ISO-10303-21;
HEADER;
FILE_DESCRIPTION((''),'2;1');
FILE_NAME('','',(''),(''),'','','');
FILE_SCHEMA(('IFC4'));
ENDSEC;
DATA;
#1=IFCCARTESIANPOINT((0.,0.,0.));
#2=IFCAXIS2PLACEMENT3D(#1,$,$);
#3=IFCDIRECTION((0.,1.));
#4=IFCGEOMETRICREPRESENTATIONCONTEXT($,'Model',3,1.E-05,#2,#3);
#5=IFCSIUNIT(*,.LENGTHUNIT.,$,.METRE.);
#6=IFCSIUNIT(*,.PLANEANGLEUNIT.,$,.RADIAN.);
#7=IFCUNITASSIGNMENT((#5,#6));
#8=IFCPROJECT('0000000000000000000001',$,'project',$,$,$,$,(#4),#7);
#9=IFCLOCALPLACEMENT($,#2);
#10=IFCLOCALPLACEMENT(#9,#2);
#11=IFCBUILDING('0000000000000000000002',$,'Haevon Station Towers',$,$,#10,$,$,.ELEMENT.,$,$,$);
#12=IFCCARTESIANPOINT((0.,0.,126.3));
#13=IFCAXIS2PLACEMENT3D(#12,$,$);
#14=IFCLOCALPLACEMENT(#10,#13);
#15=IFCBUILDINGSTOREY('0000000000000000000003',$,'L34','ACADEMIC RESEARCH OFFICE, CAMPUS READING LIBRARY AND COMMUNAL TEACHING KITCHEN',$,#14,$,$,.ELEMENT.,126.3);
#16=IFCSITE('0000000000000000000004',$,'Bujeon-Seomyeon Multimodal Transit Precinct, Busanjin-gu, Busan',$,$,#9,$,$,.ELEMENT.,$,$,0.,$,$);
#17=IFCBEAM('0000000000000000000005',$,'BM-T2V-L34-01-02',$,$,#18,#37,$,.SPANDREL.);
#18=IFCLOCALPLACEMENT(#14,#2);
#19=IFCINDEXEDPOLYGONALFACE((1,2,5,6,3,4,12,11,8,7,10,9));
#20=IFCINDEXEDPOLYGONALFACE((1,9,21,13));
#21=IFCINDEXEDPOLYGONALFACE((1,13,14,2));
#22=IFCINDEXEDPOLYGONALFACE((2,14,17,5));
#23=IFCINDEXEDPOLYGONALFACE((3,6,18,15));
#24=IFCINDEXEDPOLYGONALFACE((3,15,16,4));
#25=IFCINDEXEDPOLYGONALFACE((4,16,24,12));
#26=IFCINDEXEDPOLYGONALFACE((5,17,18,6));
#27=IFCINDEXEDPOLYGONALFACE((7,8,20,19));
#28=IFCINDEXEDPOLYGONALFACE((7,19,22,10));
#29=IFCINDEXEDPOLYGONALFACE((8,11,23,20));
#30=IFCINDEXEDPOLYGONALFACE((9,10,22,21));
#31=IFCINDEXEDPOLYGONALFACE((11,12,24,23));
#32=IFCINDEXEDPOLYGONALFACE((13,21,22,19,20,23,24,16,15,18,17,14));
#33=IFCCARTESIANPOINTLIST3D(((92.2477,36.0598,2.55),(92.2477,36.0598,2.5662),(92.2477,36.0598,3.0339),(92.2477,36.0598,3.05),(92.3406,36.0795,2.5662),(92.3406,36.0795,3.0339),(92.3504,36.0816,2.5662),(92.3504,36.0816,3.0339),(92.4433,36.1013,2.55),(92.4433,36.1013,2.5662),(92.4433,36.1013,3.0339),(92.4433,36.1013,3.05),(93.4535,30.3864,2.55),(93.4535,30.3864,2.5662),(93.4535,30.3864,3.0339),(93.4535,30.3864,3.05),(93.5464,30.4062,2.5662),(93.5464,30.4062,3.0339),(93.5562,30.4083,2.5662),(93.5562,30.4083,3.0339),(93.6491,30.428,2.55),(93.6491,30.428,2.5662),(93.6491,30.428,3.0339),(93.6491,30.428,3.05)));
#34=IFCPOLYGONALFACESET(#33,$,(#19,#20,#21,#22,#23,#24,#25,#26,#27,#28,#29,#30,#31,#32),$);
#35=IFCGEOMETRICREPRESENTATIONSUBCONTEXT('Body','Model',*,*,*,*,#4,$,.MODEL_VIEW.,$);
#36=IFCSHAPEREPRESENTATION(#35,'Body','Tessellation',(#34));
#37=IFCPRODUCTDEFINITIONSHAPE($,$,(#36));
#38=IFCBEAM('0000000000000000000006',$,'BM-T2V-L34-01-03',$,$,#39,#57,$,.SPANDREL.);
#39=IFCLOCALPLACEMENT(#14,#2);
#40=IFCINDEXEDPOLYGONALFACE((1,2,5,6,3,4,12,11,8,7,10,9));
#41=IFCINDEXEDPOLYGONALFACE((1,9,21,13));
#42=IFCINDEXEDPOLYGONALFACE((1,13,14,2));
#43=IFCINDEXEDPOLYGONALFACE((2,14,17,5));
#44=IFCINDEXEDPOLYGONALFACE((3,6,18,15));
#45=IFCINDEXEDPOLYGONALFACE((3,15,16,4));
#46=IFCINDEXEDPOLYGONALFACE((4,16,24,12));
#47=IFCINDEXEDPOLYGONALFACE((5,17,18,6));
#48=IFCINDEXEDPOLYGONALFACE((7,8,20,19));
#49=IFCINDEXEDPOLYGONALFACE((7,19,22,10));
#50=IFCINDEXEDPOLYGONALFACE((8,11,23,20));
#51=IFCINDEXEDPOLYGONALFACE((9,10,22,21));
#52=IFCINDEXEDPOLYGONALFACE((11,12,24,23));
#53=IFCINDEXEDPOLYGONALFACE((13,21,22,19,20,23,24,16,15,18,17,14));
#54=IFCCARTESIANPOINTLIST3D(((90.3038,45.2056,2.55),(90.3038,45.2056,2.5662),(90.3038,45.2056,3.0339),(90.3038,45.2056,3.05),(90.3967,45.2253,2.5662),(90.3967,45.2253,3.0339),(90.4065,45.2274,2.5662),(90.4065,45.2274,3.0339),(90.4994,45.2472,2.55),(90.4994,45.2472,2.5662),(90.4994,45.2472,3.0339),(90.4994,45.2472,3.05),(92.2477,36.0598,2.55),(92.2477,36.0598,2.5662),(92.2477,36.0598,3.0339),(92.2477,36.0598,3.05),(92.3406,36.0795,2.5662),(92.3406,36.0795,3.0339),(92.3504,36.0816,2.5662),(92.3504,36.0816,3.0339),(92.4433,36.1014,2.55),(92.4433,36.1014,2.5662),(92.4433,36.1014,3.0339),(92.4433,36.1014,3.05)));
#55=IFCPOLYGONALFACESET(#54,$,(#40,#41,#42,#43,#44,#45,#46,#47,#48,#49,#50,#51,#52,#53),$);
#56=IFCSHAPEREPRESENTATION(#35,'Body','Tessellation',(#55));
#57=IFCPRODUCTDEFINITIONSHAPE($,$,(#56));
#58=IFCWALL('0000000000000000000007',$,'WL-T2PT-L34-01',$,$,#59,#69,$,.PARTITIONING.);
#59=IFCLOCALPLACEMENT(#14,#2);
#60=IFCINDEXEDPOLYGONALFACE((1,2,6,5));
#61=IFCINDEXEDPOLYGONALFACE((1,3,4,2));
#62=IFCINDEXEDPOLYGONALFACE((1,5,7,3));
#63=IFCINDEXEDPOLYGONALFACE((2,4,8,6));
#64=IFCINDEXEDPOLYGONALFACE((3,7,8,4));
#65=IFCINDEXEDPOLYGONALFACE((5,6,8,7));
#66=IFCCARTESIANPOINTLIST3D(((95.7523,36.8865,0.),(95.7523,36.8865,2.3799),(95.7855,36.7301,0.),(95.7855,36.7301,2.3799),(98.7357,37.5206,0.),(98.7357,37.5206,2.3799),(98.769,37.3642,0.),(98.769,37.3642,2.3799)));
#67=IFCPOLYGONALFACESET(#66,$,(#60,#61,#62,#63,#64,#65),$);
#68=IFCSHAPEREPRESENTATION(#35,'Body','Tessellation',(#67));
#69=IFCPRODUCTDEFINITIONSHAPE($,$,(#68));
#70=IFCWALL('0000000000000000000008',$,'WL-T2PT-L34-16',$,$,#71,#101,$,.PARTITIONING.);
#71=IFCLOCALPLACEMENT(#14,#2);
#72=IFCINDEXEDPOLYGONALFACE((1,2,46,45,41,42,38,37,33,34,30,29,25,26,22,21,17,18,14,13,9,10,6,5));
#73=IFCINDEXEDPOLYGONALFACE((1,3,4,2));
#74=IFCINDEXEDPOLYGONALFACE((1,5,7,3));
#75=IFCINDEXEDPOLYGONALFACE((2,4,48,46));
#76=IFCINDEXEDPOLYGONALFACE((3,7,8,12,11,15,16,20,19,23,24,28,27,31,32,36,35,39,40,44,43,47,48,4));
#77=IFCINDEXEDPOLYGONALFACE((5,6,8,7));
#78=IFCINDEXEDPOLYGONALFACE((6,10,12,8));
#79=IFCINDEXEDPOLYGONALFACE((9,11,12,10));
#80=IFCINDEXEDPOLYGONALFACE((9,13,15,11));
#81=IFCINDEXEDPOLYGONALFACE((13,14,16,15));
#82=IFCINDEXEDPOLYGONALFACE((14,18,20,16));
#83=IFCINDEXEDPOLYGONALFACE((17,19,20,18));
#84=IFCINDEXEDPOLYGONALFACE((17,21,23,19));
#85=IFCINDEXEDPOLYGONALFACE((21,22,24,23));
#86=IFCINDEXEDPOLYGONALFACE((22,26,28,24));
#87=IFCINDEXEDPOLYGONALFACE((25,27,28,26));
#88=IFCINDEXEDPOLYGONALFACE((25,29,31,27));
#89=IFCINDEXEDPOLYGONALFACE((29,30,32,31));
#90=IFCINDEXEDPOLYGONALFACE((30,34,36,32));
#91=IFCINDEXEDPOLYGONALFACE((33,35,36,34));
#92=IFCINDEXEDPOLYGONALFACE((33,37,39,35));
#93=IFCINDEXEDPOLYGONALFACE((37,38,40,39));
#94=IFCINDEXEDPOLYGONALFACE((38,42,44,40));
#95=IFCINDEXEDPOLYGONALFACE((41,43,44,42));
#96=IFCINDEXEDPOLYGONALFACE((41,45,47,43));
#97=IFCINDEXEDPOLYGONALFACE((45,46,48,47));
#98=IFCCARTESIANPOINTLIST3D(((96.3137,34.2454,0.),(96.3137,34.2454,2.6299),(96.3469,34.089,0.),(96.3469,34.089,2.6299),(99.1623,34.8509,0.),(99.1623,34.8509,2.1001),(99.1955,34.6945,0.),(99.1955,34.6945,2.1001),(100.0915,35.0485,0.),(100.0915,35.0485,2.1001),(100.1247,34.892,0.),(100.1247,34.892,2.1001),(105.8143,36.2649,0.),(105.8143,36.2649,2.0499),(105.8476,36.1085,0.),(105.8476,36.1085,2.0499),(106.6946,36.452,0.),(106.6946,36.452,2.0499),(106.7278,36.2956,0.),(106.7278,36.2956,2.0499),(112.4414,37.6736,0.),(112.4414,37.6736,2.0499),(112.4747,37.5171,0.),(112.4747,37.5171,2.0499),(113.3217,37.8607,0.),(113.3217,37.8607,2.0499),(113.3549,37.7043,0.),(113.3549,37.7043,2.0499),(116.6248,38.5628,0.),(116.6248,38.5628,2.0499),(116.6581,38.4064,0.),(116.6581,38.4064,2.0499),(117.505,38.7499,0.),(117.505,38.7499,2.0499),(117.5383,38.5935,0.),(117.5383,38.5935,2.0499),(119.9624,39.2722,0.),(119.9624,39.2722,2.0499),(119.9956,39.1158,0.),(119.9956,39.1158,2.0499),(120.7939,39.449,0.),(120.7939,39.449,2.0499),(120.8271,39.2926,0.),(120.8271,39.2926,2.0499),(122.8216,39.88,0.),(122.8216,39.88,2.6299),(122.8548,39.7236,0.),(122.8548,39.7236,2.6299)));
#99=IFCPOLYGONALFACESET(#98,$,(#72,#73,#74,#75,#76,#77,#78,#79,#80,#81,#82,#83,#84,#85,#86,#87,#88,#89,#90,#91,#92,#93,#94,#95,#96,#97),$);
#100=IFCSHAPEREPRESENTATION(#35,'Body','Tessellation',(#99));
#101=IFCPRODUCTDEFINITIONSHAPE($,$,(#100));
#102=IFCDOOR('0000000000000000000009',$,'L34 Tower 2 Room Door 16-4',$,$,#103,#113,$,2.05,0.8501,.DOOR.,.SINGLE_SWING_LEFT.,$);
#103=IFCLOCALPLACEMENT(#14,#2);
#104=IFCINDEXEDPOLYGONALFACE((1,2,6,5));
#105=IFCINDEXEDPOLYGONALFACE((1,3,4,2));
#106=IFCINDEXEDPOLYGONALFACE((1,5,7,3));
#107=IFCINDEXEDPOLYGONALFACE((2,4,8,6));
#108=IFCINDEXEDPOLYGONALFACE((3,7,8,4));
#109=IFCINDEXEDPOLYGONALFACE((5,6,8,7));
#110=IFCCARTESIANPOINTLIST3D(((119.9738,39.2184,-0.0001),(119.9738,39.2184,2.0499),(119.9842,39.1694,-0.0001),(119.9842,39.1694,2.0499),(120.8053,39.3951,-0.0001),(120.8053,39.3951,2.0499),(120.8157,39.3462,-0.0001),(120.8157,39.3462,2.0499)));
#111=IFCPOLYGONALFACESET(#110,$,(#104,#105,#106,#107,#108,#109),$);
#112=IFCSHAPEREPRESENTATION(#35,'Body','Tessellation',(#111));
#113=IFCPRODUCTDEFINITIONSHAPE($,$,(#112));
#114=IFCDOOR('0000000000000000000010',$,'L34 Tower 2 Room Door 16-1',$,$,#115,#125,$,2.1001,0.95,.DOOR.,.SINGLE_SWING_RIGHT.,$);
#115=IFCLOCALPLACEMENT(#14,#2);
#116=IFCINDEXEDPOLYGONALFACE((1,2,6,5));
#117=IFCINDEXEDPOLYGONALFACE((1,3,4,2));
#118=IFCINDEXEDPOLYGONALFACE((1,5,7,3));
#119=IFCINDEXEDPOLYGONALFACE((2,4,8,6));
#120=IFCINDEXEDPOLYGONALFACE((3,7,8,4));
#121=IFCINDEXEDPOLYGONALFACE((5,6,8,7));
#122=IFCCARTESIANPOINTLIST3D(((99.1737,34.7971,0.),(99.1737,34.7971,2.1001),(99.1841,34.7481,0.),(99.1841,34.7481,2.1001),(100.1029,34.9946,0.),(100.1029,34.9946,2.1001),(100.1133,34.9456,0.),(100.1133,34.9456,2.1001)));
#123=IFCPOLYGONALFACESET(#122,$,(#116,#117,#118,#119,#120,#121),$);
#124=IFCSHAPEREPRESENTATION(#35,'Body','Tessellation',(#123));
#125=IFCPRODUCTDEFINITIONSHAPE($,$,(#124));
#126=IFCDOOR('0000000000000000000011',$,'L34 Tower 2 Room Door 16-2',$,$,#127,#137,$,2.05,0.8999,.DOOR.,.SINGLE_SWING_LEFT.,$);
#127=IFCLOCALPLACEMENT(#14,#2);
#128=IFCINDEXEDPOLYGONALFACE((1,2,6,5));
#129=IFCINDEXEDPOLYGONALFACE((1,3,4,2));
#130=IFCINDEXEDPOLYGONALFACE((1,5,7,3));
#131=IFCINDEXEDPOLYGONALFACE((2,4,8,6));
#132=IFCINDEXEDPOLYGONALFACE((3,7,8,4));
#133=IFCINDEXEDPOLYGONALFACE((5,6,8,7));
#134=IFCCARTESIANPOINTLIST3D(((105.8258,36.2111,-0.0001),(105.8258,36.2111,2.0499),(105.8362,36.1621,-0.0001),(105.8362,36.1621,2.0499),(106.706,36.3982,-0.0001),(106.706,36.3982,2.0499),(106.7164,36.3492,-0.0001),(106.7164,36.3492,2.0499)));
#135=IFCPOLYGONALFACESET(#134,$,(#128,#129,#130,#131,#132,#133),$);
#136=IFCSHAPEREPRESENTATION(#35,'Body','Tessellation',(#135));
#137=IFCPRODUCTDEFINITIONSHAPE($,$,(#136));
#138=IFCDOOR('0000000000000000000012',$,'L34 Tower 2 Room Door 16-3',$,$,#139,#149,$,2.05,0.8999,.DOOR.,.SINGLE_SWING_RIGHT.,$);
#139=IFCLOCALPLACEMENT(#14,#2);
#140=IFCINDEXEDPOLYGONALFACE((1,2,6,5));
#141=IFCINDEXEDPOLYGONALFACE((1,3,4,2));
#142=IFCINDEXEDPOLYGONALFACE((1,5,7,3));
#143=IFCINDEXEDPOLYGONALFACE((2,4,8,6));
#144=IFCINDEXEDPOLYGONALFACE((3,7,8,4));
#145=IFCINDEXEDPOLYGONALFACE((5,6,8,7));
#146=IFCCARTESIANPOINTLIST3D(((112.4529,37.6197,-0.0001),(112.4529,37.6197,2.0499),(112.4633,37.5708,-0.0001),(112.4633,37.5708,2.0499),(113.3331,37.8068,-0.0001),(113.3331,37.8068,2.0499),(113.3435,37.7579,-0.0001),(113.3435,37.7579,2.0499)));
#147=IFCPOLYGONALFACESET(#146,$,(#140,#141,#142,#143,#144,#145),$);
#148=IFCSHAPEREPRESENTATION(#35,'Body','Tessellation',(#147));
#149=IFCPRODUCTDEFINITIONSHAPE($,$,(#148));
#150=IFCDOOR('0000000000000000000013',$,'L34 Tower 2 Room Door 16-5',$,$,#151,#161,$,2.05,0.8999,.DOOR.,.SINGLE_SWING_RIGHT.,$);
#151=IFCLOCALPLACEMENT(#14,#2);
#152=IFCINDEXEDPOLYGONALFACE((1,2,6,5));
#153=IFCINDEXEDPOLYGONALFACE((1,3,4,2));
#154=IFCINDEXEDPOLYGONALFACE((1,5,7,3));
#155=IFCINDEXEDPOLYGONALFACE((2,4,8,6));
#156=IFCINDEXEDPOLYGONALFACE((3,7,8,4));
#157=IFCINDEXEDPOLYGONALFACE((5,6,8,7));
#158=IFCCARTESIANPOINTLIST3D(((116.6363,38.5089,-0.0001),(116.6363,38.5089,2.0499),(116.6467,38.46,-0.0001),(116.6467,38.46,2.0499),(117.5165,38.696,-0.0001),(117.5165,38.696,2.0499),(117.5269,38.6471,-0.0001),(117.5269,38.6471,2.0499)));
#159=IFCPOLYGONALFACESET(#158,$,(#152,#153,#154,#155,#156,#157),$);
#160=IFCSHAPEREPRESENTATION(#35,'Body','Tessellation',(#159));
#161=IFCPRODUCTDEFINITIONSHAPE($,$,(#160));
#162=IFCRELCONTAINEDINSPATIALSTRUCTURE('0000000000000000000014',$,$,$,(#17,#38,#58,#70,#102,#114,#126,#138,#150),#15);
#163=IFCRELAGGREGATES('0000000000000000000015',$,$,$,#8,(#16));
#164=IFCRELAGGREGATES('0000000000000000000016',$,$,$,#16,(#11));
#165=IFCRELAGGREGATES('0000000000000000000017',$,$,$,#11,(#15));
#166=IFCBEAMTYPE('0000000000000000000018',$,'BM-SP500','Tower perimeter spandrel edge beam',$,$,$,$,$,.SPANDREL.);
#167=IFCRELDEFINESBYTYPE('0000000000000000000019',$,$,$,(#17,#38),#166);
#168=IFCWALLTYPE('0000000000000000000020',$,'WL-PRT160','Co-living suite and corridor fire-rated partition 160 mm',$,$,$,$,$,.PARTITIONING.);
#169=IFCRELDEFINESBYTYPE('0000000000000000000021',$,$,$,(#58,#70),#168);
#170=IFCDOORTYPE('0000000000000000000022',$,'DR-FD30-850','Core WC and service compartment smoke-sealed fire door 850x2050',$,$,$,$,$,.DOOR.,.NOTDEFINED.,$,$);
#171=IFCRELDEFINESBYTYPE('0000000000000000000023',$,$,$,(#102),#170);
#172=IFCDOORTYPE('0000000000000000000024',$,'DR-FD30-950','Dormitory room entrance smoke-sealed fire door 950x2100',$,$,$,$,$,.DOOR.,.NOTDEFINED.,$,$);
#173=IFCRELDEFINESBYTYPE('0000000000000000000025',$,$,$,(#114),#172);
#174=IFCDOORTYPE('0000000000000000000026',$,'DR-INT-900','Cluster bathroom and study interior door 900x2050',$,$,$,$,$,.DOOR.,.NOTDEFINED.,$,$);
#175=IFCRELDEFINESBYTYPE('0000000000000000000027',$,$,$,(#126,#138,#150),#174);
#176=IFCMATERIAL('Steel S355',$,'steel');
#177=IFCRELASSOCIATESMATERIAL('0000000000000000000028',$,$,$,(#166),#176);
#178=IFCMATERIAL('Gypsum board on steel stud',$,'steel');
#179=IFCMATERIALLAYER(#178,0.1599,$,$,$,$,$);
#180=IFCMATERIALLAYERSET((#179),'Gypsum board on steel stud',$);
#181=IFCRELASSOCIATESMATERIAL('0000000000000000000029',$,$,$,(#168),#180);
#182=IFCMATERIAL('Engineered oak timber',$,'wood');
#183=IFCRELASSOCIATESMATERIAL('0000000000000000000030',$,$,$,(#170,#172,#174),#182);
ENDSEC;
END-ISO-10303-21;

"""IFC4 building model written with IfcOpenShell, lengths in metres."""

from ifc_helpers import new_model, si_unit, direction, frame, frame_2d, origin, origin_2d, place, context, subcontext, project, spatial, rectangle, i_section, extrude, material, layer, layer_set, material_profile, profile_set, type_object, element, fill, save


model = new_model("IFC4")

# Units and contexts
model_context = context("Model", 3, precision=1e-05, world=origin(), true_north=direction((0.0, 1.0)))
body_context = subcontext(model_context, "Body", "Model", "MODEL_VIEW")
ifc_project = project(units=[si_unit("LENGTHUNIT", "METRE"), si_unit("PLANEANGLEUNIT", "RADIAN")], contexts=[model_context])

# Site, building, storey
site_placement = place(None, origin())
site = spatial("IfcSite", under=ifc_project, at=site_placement, Name="Bujeon-Seomyeon Multimodal Transit Precinct, Busanjin-gu, Busan", CompositionType="ELEMENT", RefElevation=0.0)
building_placement = place(site_placement, origin())
building = spatial("IfcBuilding", under=site, at=building_placement, Name="Haevon Station Towers", CompositionType="ELEMENT")
storey_placement = place(building_placement, frame((0.0, 0.0, 126.3)))
storey = spatial("IfcBuildingStorey", under=building, at=storey_placement, Name="L34", Description="ACADEMIC RESEARCH OFFICE, CAMPUS READING LIBRARY AND COMMUNAL TEACHING KITCHEN", CompositionType="ELEMENT", Elevation=126.3)

# Beams
ifc_material_1 = material(Name="Steel S355", Category="steel")
ifc_material_profile_1 = material_profile(ifc_material_1, i_section(OverallWidth=0.2, OverallDepth=0.5, WebThickness=0.01, FlangeThickness=0.0161, at=origin_2d()), Name="H-500x200x10x16")
ifc_profile_set_1 = profile_set([ifc_material_profile_1], Name="Steel S355")
beam_type_1 = type_object("IfcBeamType", Name="BM-SP500", Description="Tower perimeter spandrel edge beam", PredefinedType="SPANDREL", material=ifc_profile_set_1)
beam_1_placement = place(storey_placement, frame((93.5513, 30.4072, 2.8), z_axis=(-0.207896, 0.978151, 0.0), x_axis=(-0.978151, -0.207896, 0.0)))
element("IfcBeam", 1, at=beam_1_placement, inside=storey, type_object=beam_type_1, Name="BM-T2V-L34-01-02", PredefinedType="SPANDREL", context=body_context, shape_type="SweptSolid", body=[
    extrude(i_section(OverallWidth=0.2, OverallDepth=0.5, WebThickness=0.01, FlangeThickness=0.0161, at=origin_2d()), origin(), (0.0, 0.0, 1.0), 5.8),
])
beam_2_placement = place(storey_placement, frame((92.3455, 36.0806, 2.8), z_axis=(-0.207897, 0.978151, 0.0), x_axis=(-0.978151, -0.207897, 0.0)))
element("IfcBeam", 2, at=beam_2_placement, inside=storey, type_object=beam_type_1, Name="BM-T2V-L34-01-03", PredefinedType="SPANDREL", context=body_context, shape_type="SweptSolid", body=[
    extrude(i_section(OverallWidth=0.2, OverallDepth=0.5, WebThickness=0.01, FlangeThickness=0.0161, at=origin_2d()), origin(), (0.0, 0.0, 1.0), 9.3501),
])

# Wall
ifc_material_2 = material(Name="Gypsum board on steel stud", Category="steel")
ifc_layer = layer(ifc_material_2, 0.1599)
ifc_layer_set = layer_set([ifc_layer], Name="Gypsum board on steel stud")
wall_type = type_object("IfcWallType", Name="WL-PRT160", Description="Co-living suite and corridor fire-rated partition 160 mm", PredefinedType="PARTITIONING", material=ifc_layer_set)
wall_1_placement = place(storey_placement, frame((95.769, 36.8083, 0.0), z_axis=(0.0, 0.0, 1.0), x_axis=(0.978155, 0.207878, 0.0)))
element("IfcWall", 3, at=wall_1_placement, inside=storey, type_object=wall_type, Name="WL-T2PT-L34-01", PredefinedType="PARTITIONING", context=body_context, shape_type="SweptSolid", body=[
    extrude(rectangle(XDim=3.05, YDim=0.1599, at=frame_2d((1.5249, 0.0))), origin(), (0.0, 0.0, 1.0), 2.3799),
])

# Wall, openings, doors
wall_2_placement = place(storey_placement, frame((96.3303, 34.1672, 0.0), z_axis=(0.0, 0.0, 1.0), x_axis=(0.978147, 0.207916, 0.0)))
wall_2 = element("IfcWall", 4, at=wall_2_placement, inside=storey, type_object=wall_type, Name="WL-T2PT-L34-16", PredefinedType="PARTITIONING", context=body_context, shape_type="SweptSolid", body=[
    extrude(rectangle(XDim=27.1001, YDim=0.1599, at=frame_2d((13.55, 0.0))), origin(), (0.0, 0.0, 1.0), 2.6299),
])
opening_1_placement = place(wall_2_placement, frame((2.9121, 0.0, 0.0)))
opening_1 = element("IfcOpeningElement", 5, at=opening_1_placement, cuts=wall_2, PredefinedType="OPENING", context=body_context, shape_type="SweptSolid", body=[
    extrude(rectangle(XDim=0.95, YDim=2.1001, at=frame_2d((0.4751, 1.05))), frame((0.0, 0.0898, 0.0), z_axis=(0.0, -1.0, 0.0), x_axis=(1.0, 0.0, 0.0)), (0.0, 0.0, 1.0), 0.1799),
])
opening_2_placement = place(wall_2_placement, frame((9.7129, 0.0, 0.0)))
opening_2 = element("IfcOpeningElement", 6, at=opening_2_placement, cuts=wall_2, PredefinedType="OPENING", context=body_context, shape_type="SweptSolid", body=[
    extrude(rectangle(XDim=0.8999, YDim=2.05, at=frame_2d((0.45, 1.0249))), frame((0.0, 0.0898, 0.0), z_axis=(0.0, -1.0, 0.0), x_axis=(1.0, 0.0, 0.0)), (0.0, 0.0, 1.0), 0.1799),
])
opening_3_placement = place(wall_2_placement, frame((16.488, 0.0, 0.0)))
opening_3 = element("IfcOpeningElement", 7, at=opening_3_placement, cuts=wall_2, PredefinedType="OPENING", context=body_context, shape_type="SweptSolid", body=[
    extrude(rectangle(XDim=0.8999, YDim=2.05, at=frame_2d((0.45, 1.0249))), frame((0.0, 0.0898, 0.0), z_axis=(0.0, -1.0, 0.0), x_axis=(1.0, 0.0, 0.0)), (0.0, 0.0, 1.0), 0.1799),
])
opening_4_placement = place(wall_2_placement, frame((24.177, 0.0, 0.0)))
opening_4 = element("IfcOpeningElement", 8, at=opening_4_placement, cuts=wall_2, PredefinedType="OPENING", context=body_context, shape_type="SweptSolid", body=[
    extrude(rectangle(XDim=0.8501, YDim=2.05, at=frame_2d((0.425, 1.0249))), frame((0.0, 0.0898, 0.0), z_axis=(0.0, -1.0, 0.0), x_axis=(1.0, 0.0, 0.0)), (0.0, 0.0, 1.0), 0.1799),
])
opening_5_placement = place(wall_2_placement, frame((20.7649, 0.0, 0.0)))
opening_5 = element("IfcOpeningElement", 9, at=opening_5_placement, cuts=wall_2, PredefinedType="OPENING", context=body_context, shape_type="SweptSolid", body=[
    extrude(rectangle(XDim=0.8999, YDim=2.05, at=frame_2d((0.45, 1.0249))), frame((0.0, 0.0898, 0.0), z_axis=(0.0, -1.0, 0.0), x_axis=(1.0, 0.0, 0.0)), (0.0, 0.0, 1.0), 0.1799),
])
ifc_material_3 = material(Name="Engineered oak timber", Category="wood")
door_type_1 = type_object("IfcDoorType", Name="DR-FD30-850", Description="Core WC and service compartment smoke-sealed fire door 850x2050", OperationType="NOTDEFINED", PredefinedType="DOOR", material=ifc_material_3)
door_1_placement = place(opening_4_placement, origin())
door_1 = element("IfcDoor", 10, at=door_1_placement, inside=storey, type_object=door_type_1, Name="L34 Tower 2 Room Door 16-4", OperationType="SINGLE_SWING_LEFT", OverallHeight=2.05, OverallWidth=0.8501, PredefinedType="DOOR", context=body_context, shape_type="SweptSolid", body=[
    extrude(rectangle(XDim=0.8501, YDim=2.05, at=frame_2d((0.425, 1.0249))), frame((0.0, 0.0249, 0.0), z_axis=(0.0, -1.0, 0.0), x_axis=(1.0, 0.0, 0.0)), (0.0, 0.0, 1.0), 0.05),
])
fill(opening_4, door_1)
door_type_2 = type_object("IfcDoorType", Name="DR-FD30-950", Description="Dormitory room entrance smoke-sealed fire door 950x2100", OperationType="NOTDEFINED", PredefinedType="DOOR", material=ifc_material_3)
door_2_placement = place(opening_1_placement, origin())
door_2 = element("IfcDoor", 11, at=door_2_placement, inside=storey, type_object=door_type_2, Name="L34 Tower 2 Room Door 16-1", OperationType="SINGLE_SWING_RIGHT", OverallHeight=2.1001, OverallWidth=0.95, PredefinedType="DOOR", context=body_context, shape_type="SweptSolid", body=[
    extrude(rectangle(XDim=0.95, YDim=2.1001, at=frame_2d((0.4751, 1.05))), frame((0.0, 0.0249, 0.0), z_axis=(0.0, -1.0, 0.0), x_axis=(1.0, 0.0, 0.0)), (0.0, 0.0, 1.0), 0.05),
])
fill(opening_1, door_2)
door_type_3 = type_object("IfcDoorType", Name="DR-INT-900", Description="Cluster bathroom and study interior door 900x2050", OperationType="NOTDEFINED", PredefinedType="DOOR", material=ifc_material_3)
door_3_placement = place(opening_2_placement, origin())
door_3 = element("IfcDoor", 12, at=door_3_placement, inside=storey, type_object=door_type_3, Name="L34 Tower 2 Room Door 16-2", OperationType="SINGLE_SWING_LEFT", OverallHeight=2.05, OverallWidth=0.8999, PredefinedType="DOOR", context=body_context, shape_type="SweptSolid", body=[
    extrude(rectangle(XDim=0.8999, YDim=2.05, at=frame_2d((0.45, 1.0249))), frame((0.0, 0.0249, 0.0), z_axis=(0.0, -1.0, 0.0), x_axis=(1.0, 0.0, 0.0)), (0.0, 0.0, 1.0), 0.05),
])
fill(opening_2, door_3)
door_4_placement = place(opening_3_placement, origin())
door_4 = element("IfcDoor", 13, at=door_4_placement, inside=storey, type_object=door_type_3, Name="L34 Tower 2 Room Door 16-3", OperationType="SINGLE_SWING_RIGHT", OverallHeight=2.05, OverallWidth=0.8999, PredefinedType="DOOR", context=body_context, shape_type="SweptSolid", body=[
    extrude(rectangle(XDim=0.8999, YDim=2.05, at=frame_2d((0.45, 1.0249))), frame((0.0, 0.0249, 0.0), z_axis=(0.0, -1.0, 0.0), x_axis=(1.0, 0.0, 0.0)), (0.0, 0.0, 1.0), 0.05),
])
fill(opening_3, door_4)
door_5_placement = place(opening_5_placement, origin())
door_5 = element("IfcDoor", 14, at=door_5_placement, inside=storey, type_object=door_type_3, Name="L34 Tower 2 Room Door 16-5", OperationType="SINGLE_SWING_RIGHT", OverallHeight=2.05, OverallWidth=0.8999, PredefinedType="DOOR", context=body_context, shape_type="SweptSolid", body=[
    extrude(rectangle(XDim=0.8999, YDim=2.05, at=frame_2d((0.45, 1.0249))), frame((0.0, 0.0249, 0.0), z_axis=(0.0, -1.0, 0.0), x_axis=(1.0, 0.0, 0.0)), (0.0, 0.0, 1.0), 0.05),
])
fill(opening_5, door_5)

save(model, "model.ifc")
